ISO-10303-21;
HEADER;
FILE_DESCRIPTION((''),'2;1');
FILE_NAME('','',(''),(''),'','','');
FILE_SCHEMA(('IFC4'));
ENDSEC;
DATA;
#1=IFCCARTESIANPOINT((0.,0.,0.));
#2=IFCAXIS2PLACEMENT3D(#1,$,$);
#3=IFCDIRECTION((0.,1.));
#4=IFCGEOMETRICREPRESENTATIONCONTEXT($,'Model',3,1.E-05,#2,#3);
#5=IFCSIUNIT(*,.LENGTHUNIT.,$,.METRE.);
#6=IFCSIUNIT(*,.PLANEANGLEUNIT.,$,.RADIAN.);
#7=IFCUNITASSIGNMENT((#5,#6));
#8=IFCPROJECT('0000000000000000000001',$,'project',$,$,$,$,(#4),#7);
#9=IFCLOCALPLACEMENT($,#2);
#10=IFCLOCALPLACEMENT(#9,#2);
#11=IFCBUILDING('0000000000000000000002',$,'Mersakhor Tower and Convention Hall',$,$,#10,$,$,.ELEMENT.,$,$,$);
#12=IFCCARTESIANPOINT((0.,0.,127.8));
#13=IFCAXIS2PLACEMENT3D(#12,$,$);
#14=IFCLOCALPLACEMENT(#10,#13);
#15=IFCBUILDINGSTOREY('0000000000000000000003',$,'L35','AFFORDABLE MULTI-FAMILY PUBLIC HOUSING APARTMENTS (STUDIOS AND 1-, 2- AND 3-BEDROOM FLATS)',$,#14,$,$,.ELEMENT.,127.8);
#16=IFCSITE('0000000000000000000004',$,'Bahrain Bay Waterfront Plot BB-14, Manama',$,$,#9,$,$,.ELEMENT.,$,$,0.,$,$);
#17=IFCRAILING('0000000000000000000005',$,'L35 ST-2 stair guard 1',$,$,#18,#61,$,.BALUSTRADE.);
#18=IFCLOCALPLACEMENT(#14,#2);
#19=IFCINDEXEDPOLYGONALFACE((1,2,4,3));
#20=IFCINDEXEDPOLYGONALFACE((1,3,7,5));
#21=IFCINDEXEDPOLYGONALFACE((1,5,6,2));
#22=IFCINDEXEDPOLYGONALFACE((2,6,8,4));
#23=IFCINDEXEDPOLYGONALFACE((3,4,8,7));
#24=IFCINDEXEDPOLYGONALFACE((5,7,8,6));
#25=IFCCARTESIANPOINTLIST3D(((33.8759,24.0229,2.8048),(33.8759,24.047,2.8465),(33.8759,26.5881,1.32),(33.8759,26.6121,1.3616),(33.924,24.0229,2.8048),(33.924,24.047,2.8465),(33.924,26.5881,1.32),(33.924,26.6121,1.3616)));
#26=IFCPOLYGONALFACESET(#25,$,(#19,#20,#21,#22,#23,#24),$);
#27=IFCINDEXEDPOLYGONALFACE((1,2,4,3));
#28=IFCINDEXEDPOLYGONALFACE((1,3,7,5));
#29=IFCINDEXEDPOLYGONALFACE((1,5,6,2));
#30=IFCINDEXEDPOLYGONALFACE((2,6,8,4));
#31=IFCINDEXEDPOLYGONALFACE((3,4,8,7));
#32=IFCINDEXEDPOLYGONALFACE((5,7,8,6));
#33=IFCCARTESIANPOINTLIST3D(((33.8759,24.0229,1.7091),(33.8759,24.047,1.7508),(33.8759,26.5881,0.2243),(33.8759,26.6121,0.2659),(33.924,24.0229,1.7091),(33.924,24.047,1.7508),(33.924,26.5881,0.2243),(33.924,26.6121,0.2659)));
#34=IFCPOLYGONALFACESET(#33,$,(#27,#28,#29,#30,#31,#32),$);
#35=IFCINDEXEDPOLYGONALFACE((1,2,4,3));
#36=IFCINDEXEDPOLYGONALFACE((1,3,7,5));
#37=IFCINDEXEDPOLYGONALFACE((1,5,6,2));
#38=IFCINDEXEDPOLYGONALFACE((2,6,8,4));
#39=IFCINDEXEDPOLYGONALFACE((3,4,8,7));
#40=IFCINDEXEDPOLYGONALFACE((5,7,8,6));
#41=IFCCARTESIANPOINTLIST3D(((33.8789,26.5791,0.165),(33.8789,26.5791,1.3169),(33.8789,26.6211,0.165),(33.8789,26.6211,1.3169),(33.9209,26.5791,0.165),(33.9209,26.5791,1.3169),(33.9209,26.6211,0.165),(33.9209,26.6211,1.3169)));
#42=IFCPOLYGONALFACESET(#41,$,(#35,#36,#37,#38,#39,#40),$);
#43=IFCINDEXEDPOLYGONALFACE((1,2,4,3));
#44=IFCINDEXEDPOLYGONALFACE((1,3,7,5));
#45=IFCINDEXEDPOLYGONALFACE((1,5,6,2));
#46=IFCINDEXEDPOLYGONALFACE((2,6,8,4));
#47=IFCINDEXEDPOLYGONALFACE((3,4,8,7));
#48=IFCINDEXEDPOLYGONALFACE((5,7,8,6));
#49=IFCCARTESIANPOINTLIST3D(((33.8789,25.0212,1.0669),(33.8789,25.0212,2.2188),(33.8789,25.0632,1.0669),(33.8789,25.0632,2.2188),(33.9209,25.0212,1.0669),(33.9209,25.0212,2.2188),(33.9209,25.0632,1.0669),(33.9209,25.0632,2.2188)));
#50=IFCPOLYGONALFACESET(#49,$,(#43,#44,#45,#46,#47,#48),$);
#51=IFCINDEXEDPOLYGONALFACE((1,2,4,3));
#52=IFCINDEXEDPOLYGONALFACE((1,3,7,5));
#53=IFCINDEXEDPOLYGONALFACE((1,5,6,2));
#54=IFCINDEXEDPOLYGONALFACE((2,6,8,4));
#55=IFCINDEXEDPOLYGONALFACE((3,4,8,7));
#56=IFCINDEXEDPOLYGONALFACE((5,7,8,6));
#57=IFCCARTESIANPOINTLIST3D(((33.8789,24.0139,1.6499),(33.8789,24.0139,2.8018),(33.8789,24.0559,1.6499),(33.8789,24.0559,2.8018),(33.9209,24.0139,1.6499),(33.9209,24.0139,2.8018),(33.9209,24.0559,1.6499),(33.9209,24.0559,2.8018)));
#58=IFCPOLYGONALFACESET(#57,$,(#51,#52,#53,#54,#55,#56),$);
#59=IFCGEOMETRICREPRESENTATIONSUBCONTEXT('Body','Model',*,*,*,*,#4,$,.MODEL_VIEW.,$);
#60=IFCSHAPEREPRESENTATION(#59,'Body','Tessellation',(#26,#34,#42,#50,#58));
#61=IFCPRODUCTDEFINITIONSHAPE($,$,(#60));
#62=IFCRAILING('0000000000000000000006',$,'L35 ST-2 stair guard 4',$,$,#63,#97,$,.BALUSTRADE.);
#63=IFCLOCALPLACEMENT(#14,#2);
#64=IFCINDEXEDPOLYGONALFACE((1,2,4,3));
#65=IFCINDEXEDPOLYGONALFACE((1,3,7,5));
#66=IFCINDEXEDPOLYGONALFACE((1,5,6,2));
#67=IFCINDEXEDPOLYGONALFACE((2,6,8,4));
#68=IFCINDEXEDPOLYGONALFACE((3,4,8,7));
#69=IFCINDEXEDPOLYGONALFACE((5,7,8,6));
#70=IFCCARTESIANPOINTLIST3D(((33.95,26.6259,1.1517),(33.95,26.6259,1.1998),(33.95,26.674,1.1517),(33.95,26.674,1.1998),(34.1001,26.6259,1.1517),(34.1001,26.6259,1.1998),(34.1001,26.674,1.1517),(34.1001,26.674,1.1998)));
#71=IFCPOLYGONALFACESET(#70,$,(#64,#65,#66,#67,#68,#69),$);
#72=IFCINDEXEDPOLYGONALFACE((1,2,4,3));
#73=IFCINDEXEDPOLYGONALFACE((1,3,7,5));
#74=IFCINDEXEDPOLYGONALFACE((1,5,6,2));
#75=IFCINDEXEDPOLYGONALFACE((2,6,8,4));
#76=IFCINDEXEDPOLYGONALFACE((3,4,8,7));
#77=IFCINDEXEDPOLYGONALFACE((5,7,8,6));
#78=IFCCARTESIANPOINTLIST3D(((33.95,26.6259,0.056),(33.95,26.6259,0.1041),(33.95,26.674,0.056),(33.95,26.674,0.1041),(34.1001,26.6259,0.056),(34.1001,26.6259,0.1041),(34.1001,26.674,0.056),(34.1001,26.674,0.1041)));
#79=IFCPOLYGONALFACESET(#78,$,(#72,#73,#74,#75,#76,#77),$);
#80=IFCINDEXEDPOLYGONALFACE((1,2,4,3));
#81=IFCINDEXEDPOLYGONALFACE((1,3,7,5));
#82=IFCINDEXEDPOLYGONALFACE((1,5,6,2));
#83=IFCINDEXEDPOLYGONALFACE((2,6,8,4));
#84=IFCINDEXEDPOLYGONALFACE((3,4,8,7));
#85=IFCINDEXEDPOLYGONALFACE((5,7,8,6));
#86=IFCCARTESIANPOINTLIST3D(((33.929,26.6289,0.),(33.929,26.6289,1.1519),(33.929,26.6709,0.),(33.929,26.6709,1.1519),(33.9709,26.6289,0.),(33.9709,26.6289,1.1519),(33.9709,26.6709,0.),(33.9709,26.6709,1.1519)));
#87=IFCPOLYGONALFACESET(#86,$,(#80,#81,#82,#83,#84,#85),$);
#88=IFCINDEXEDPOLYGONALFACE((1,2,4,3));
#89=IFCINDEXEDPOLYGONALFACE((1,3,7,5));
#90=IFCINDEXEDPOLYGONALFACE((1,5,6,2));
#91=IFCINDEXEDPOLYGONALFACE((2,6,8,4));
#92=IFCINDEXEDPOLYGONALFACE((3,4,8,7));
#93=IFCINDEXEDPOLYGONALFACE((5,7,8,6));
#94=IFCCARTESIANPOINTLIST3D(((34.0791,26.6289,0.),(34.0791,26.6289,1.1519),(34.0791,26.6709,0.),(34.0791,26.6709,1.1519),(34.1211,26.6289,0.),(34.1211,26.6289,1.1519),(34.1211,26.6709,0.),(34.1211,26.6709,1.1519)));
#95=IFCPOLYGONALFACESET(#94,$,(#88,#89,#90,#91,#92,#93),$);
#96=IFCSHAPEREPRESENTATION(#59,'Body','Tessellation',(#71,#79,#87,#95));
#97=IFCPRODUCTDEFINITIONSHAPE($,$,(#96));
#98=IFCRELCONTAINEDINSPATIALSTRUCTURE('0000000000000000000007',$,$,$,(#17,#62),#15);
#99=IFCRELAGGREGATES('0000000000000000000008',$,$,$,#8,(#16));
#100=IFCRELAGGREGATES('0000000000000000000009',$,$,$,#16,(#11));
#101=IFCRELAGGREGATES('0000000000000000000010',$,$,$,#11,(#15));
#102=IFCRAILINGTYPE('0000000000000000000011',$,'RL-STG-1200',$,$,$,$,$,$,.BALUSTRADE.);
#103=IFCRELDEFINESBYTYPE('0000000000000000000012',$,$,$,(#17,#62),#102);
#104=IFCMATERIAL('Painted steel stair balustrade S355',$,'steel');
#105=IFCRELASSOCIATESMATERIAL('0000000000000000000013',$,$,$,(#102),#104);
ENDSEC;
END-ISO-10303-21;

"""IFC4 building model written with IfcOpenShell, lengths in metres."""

from ifc_helpers import new_model, si_unit, direction, frame, origin, origin_2d, place, context, subcontext, project, spatial, rectangle, extrude, material, type_object, element, save


model = new_model("IFC4")

# Units and contexts
model_context = context("Model", 3, precision=1e-05, world=origin(), true_north=direction((0.0, 1.0)))
body_context = subcontext(model_context, "Body", "Model", "MODEL_VIEW")
ifc_project = project(units=[si_unit("LENGTHUNIT", "METRE"), si_unit("PLANEANGLEUNIT", "RADIAN")], contexts=[model_context])

# Site, building, storey
site_placement = place(None, origin())
site = spatial("IfcSite", under=ifc_project, at=site_placement, Name="Bahrain Bay Waterfront Plot BB-14, Manama", CompositionType="ELEMENT", RefElevation=0.0)
building_placement = place(site_placement, origin())
building = spatial("IfcBuilding", under=site, at=building_placement, Name="Mersakhor Tower and Convention Hall", CompositionType="ELEMENT")
storey_placement = place(building_placement, frame((0.0, 0.0, 127.8)))
storey = spatial("IfcBuildingStorey", under=building, at=storey_placement, Name="L35", Description="AFFORDABLE MULTI-FAMILY PUBLIC HOUSING APARTMENTS (STUDIOS AND 1-, 2- AND 3-BEDROOM FLATS)", CompositionType="ELEMENT", Elevation=127.8)

# Railings
ifc_material_1 = material(Name="Painted steel stair balustrade S355", Category="steel")
railing_type_1 = type_object("IfcRailingType", Name="RL-STG-1200", PredefinedType="BALUSTRADE", material=ifc_material_1)
railing_1_placement = place(storey_placement, frame((33.8999, 26.6001, 0.165)))
element("IfcRailing", 1, at=railing_1_placement, inside=storey, type_object=railing_type_1, Name="L35 ST-2 stair guard 1", PredefinedType="BALUSTRADE", context=body_context, shape_type="SweptSolid", body=[
    extrude(rectangle(XDim=0.0481, YDim=0.0481, at=origin_2d()), frame((0.0, 0.0, 1.1758), z_axis=(0.0, -0.865462, 0.500975), x_axis=(1.0, 0.0, 0.0)), (0.0, 0.0, 1.0), 2.9639),
    extrude(rectangle(XDim=0.0481, YDim=0.0481, at=origin_2d()), frame((0.0, 0.0, 0.0801), z_axis=(0.0, -0.865462, 0.500975), x_axis=(1.0, 0.0, 0.0)), (0.0, 0.0, 1.0), 2.9639),
    extrude(rectangle(XDim=0.042, YDim=0.042, at=origin_2d()), origin(), (0.0, 0.0, 1.0), 1.1519),
    extrude(rectangle(XDim=0.042, YDim=0.042, at=origin_2d()), frame((0.0, -1.5579, 0.9019)), (0.0, 0.0, 1.0), 1.1519),
    extrude(rectangle(XDim=0.042, YDim=0.042, at=origin_2d()), frame((0.0, -2.5652, 1.4849)), (0.0, 0.0, 1.0), 1.1519),
])
railing_2_placement = place(storey_placement, frame((33.95, 26.6499, 0.0)))
element("IfcRailing", 2, at=railing_2_placement, inside=storey, type_object=railing_type_1, Name="L35 ST-2 stair guard 4", PredefinedType="BALUSTRADE", context=body_context, shape_type="SweptSolid", body=[
    extrude(rectangle(XDim=0.0481, YDim=0.0481, at=origin_2d()), frame((0.0, 0.0, 1.1758), z_axis=(1.0, 0.0, 0.0), x_axis=(0.0, 1.0, 0.0)), (0.0, 0.0, 1.0), 0.1501),
    extrude(rectangle(XDim=0.0481, YDim=0.0481, at=origin_2d()), frame((0.0, 0.0, 0.0801), z_axis=(1.0, 0.0, 0.0), x_axis=(0.0, 1.0, 0.0)), (0.0, 0.0, 1.0), 0.1501),
    extrude(rectangle(XDim=0.042, YDim=0.042, at=origin_2d()), origin(), (0.0, 0.0, 1.0), 1.1519),
    extrude(rectangle(XDim=0.042, YDim=0.042, at=origin_2d()), frame((0.1501, 0.0, 0.0)), (0.0, 0.0, 1.0), 1.1519),
])

save(model, "model.ifc")
